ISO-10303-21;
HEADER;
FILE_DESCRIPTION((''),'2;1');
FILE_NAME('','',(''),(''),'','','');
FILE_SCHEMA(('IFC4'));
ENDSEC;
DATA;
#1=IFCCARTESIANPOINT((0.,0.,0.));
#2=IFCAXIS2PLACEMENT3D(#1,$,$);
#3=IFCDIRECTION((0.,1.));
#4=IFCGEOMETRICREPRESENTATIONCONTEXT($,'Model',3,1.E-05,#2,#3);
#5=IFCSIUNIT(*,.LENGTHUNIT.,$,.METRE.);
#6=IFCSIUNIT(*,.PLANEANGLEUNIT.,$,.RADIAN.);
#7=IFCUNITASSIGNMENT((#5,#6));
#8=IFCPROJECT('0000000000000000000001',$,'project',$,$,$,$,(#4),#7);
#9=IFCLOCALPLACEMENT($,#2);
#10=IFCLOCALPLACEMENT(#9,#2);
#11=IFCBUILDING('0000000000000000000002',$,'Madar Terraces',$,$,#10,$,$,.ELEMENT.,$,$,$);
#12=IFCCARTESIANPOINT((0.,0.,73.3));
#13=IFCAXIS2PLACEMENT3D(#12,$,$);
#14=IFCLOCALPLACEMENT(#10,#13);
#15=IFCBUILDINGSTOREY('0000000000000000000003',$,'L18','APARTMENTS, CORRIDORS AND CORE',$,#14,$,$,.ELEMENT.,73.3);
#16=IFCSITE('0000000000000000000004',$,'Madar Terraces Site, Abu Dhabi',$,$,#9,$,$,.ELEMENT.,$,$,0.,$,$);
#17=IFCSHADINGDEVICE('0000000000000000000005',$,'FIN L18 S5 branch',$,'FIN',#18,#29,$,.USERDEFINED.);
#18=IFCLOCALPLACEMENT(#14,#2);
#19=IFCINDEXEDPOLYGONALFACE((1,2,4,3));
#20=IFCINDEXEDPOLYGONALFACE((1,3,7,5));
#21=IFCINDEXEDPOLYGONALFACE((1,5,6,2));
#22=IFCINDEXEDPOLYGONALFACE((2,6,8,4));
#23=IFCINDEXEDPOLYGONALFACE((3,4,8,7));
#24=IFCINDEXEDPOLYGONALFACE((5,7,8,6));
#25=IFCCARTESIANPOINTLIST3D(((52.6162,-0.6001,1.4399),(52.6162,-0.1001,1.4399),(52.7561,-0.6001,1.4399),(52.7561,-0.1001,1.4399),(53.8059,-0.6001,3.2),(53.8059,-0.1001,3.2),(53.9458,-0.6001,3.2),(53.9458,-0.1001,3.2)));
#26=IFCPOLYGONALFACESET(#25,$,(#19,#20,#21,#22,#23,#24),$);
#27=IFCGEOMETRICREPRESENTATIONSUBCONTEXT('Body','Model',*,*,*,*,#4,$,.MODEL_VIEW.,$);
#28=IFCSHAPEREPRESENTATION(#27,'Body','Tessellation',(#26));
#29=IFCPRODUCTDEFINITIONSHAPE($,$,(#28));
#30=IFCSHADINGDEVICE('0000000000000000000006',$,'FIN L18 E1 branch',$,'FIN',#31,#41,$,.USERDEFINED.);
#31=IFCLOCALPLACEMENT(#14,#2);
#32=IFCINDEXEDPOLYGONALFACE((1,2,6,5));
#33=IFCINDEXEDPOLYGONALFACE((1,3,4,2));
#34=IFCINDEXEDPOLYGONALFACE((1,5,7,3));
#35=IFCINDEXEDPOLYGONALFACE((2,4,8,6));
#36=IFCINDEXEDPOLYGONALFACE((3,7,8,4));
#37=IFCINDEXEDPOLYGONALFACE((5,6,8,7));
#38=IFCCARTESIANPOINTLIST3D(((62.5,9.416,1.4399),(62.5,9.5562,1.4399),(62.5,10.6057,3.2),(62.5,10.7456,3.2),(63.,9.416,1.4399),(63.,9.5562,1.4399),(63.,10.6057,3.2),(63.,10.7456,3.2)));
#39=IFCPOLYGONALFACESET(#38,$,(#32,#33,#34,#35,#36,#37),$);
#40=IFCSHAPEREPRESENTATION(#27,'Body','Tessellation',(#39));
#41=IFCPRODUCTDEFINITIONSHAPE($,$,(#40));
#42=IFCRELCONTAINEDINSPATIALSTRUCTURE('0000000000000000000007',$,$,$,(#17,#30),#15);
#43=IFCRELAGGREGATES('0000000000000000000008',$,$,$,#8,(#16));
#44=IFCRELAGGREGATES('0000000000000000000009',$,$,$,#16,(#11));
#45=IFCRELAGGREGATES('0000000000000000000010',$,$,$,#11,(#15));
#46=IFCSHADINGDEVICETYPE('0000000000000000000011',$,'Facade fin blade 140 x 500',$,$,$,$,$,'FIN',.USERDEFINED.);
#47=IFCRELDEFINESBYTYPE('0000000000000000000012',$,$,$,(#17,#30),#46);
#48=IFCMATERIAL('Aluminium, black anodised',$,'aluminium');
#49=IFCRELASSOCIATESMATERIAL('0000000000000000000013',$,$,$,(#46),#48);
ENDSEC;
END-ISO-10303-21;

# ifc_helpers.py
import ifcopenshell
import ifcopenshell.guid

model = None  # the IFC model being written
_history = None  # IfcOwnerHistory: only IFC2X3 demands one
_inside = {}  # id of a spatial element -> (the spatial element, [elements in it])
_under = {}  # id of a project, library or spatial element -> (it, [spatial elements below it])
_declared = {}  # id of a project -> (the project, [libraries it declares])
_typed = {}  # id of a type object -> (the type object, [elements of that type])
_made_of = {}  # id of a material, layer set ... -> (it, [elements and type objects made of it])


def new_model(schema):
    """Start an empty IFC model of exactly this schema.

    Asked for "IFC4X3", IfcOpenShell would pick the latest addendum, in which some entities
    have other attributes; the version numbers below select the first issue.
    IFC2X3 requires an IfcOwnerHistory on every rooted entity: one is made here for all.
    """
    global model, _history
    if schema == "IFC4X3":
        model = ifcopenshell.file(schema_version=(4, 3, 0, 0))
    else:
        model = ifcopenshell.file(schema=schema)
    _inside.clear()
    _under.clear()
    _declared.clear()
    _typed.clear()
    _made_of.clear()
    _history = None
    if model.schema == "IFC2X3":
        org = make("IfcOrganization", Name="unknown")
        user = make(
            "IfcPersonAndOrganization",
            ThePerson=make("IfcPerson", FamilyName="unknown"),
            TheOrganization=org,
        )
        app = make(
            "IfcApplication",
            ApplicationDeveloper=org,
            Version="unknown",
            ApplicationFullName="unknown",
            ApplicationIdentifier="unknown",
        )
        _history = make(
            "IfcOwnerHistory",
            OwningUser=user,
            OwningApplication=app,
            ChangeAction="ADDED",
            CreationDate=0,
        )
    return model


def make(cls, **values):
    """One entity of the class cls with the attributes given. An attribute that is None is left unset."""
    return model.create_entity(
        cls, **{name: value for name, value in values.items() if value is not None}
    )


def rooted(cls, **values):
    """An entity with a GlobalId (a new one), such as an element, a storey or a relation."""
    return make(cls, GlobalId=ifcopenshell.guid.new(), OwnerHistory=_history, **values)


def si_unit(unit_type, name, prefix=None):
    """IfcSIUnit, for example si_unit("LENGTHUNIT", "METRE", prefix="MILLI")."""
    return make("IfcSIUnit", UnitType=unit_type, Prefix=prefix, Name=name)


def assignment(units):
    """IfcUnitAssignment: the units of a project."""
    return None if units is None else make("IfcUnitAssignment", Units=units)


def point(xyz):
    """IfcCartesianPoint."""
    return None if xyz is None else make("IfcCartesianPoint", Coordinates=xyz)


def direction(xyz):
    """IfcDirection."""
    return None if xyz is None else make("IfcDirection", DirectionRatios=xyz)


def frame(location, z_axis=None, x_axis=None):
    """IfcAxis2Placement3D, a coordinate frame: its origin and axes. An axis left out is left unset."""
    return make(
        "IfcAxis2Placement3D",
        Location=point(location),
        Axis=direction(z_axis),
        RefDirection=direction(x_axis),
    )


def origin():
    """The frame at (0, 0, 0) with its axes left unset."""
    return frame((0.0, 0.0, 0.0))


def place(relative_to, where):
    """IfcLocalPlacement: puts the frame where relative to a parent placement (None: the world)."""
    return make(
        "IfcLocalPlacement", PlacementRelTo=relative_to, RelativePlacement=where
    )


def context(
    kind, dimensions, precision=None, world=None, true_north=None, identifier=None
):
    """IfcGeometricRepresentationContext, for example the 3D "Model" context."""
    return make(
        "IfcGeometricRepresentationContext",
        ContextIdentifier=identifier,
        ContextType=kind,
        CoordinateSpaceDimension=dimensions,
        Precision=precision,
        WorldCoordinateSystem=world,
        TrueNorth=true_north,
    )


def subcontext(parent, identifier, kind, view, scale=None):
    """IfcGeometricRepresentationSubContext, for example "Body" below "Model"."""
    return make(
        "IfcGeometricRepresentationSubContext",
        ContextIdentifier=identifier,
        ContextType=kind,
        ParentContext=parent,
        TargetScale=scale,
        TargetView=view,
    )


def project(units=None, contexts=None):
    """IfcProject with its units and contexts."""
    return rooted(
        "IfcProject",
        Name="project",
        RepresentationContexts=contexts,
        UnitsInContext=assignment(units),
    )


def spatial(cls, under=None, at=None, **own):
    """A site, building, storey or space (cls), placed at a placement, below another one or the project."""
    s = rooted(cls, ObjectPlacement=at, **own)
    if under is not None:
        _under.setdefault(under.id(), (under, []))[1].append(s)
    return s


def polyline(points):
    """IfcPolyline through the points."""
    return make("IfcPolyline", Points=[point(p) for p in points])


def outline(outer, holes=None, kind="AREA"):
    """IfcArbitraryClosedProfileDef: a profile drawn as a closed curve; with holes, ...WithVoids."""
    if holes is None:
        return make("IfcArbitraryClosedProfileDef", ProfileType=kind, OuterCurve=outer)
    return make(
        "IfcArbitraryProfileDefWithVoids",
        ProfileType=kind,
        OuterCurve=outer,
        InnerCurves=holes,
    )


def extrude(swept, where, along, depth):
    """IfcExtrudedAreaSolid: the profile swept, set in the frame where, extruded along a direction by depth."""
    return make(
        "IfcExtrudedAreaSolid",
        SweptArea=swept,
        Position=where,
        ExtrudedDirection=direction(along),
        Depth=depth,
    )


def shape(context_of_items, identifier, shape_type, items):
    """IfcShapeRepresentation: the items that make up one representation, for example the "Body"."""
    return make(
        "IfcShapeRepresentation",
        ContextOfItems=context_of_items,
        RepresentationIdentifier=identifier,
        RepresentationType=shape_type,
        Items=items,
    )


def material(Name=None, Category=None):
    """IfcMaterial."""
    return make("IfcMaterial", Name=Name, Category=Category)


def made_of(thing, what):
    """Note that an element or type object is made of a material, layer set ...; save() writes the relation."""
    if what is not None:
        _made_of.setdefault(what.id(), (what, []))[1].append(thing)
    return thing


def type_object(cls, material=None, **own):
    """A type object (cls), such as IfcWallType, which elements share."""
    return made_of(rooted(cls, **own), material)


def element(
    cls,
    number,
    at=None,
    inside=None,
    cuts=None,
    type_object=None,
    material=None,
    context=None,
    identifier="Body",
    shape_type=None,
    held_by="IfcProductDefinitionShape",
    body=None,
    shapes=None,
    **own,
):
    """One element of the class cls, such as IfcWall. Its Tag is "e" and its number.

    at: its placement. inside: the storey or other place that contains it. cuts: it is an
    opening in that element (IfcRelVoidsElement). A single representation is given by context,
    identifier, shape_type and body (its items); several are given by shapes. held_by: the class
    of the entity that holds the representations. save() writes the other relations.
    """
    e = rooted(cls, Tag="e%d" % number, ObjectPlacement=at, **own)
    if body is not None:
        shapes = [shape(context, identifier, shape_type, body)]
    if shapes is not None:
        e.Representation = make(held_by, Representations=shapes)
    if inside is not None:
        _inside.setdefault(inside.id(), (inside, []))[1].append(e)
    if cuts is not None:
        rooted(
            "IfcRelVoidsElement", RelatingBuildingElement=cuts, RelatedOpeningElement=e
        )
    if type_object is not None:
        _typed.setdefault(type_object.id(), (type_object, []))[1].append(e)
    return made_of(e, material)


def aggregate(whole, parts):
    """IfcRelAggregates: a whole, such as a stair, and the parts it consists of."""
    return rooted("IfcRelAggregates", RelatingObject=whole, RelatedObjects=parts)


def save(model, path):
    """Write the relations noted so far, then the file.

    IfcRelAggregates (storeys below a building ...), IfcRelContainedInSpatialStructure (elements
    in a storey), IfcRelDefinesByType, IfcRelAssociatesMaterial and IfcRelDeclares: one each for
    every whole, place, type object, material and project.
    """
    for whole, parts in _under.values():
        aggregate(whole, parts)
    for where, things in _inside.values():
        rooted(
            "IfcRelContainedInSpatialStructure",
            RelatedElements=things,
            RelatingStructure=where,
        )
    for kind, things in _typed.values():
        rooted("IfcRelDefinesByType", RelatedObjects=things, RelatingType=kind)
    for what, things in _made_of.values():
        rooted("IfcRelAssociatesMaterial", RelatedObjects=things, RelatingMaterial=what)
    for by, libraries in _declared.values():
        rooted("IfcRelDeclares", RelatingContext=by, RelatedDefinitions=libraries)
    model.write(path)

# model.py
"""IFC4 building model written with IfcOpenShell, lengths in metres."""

from ifc_helpers import new_model, si_unit, direction, frame, origin, place, context, subcontext, project, spatial, polyline, outline, extrude, material, type_object, element, save


model = new_model("IFC4")

# Units and contexts
model_context = context("Model", 3, precision=1e-05, world=origin(), true_north=direction((0.0, 1.0)))
body_context = subcontext(model_context, "Body", "Model", "MODEL_VIEW")
ifc_project = project(units=[si_unit("LENGTHUNIT", "METRE"), si_unit("PLANEANGLEUNIT", "RADIAN")], contexts=[model_context])

# Site, building, storey
site_placement = place(None, origin())
site = spatial("IfcSite", under=ifc_project, at=site_placement, Name="Madar Terraces Site, Abu Dhabi", CompositionType="ELEMENT", RefElevation=0.0)
building_placement = place(site_placement, origin())
building = spatial("IfcBuilding", under=site, at=building_placement, Name="Madar Terraces", CompositionType="ELEMENT")
storey_placement = place(building_placement, frame((0.0, 0.0, 73.3)))
storey = spatial("IfcBuildingStorey", under=building, at=storey_placement, Name="L18", Description="APARTMENTS, CORRIDORS AND CORE", CompositionType="ELEMENT", Elevation=73.3)

# Shading devices
ifc_material_1 = material(Name="Aluminium, black anodised", Category="aluminium")
shading_device_type = type_object("IfcShadingDeviceType", Name="Facade fin blade 140 x 500", ElementType="FIN", PredefinedType="USERDEFINED", material=ifc_material_1)
shading_device_1_placement = place(storey_placement, frame((52.6162, -0.3501, 1.4399), z_axis=(0.0, 0.0, 1.0), x_axis=(1.0, 0.0, 0.0)))
element("IfcShadingDevice", 1, at=shading_device_1_placement, inside=storey, type_object=shading_device_type, Name="FIN L18 S5 branch", ObjectType="FIN", PredefinedType="USERDEFINED", context=body_context, shape_type="SweptSolid", body=[
    extrude(outline(polyline([(0.0, 0.0), (0.1399, 0.0), (1.3296, 1.76), (1.1897, 1.76), (0.0, 0.0)])), frame((0.0, 0.25, 0.0), z_axis=(0.0, -1.0, 0.0), x_axis=(1.0, 0.0, 0.0)), (0.0, 0.0, 1.0), 0.5),
])
shading_device_2_placement = place(storey_placement, frame((62.75, 9.416, 1.4399), z_axis=(0.0, 0.0, 1.0), x_axis=(0.0, 1.0, 0.0)))
element("IfcShadingDevice", 2, at=shading_device_2_placement, inside=storey, type_object=shading_device_type, Name="FIN L18 E1 branch", ObjectType="FIN", PredefinedType="USERDEFINED", context=body_context, shape_type="SweptSolid", body=[
    extrude(outline(polyline([(0.0, 0.0), (0.1401, 0.0), (1.3296, 1.76), (1.1897, 1.76), (0.0, 0.0)])), frame((0.0, 0.25, 0.0), z_axis=(0.0, -1.0, 0.0), x_axis=(1.0, 0.0, 0.0)), (0.0, 0.0, 1.0), 0.5),
])

save(model, "model.ifc")
